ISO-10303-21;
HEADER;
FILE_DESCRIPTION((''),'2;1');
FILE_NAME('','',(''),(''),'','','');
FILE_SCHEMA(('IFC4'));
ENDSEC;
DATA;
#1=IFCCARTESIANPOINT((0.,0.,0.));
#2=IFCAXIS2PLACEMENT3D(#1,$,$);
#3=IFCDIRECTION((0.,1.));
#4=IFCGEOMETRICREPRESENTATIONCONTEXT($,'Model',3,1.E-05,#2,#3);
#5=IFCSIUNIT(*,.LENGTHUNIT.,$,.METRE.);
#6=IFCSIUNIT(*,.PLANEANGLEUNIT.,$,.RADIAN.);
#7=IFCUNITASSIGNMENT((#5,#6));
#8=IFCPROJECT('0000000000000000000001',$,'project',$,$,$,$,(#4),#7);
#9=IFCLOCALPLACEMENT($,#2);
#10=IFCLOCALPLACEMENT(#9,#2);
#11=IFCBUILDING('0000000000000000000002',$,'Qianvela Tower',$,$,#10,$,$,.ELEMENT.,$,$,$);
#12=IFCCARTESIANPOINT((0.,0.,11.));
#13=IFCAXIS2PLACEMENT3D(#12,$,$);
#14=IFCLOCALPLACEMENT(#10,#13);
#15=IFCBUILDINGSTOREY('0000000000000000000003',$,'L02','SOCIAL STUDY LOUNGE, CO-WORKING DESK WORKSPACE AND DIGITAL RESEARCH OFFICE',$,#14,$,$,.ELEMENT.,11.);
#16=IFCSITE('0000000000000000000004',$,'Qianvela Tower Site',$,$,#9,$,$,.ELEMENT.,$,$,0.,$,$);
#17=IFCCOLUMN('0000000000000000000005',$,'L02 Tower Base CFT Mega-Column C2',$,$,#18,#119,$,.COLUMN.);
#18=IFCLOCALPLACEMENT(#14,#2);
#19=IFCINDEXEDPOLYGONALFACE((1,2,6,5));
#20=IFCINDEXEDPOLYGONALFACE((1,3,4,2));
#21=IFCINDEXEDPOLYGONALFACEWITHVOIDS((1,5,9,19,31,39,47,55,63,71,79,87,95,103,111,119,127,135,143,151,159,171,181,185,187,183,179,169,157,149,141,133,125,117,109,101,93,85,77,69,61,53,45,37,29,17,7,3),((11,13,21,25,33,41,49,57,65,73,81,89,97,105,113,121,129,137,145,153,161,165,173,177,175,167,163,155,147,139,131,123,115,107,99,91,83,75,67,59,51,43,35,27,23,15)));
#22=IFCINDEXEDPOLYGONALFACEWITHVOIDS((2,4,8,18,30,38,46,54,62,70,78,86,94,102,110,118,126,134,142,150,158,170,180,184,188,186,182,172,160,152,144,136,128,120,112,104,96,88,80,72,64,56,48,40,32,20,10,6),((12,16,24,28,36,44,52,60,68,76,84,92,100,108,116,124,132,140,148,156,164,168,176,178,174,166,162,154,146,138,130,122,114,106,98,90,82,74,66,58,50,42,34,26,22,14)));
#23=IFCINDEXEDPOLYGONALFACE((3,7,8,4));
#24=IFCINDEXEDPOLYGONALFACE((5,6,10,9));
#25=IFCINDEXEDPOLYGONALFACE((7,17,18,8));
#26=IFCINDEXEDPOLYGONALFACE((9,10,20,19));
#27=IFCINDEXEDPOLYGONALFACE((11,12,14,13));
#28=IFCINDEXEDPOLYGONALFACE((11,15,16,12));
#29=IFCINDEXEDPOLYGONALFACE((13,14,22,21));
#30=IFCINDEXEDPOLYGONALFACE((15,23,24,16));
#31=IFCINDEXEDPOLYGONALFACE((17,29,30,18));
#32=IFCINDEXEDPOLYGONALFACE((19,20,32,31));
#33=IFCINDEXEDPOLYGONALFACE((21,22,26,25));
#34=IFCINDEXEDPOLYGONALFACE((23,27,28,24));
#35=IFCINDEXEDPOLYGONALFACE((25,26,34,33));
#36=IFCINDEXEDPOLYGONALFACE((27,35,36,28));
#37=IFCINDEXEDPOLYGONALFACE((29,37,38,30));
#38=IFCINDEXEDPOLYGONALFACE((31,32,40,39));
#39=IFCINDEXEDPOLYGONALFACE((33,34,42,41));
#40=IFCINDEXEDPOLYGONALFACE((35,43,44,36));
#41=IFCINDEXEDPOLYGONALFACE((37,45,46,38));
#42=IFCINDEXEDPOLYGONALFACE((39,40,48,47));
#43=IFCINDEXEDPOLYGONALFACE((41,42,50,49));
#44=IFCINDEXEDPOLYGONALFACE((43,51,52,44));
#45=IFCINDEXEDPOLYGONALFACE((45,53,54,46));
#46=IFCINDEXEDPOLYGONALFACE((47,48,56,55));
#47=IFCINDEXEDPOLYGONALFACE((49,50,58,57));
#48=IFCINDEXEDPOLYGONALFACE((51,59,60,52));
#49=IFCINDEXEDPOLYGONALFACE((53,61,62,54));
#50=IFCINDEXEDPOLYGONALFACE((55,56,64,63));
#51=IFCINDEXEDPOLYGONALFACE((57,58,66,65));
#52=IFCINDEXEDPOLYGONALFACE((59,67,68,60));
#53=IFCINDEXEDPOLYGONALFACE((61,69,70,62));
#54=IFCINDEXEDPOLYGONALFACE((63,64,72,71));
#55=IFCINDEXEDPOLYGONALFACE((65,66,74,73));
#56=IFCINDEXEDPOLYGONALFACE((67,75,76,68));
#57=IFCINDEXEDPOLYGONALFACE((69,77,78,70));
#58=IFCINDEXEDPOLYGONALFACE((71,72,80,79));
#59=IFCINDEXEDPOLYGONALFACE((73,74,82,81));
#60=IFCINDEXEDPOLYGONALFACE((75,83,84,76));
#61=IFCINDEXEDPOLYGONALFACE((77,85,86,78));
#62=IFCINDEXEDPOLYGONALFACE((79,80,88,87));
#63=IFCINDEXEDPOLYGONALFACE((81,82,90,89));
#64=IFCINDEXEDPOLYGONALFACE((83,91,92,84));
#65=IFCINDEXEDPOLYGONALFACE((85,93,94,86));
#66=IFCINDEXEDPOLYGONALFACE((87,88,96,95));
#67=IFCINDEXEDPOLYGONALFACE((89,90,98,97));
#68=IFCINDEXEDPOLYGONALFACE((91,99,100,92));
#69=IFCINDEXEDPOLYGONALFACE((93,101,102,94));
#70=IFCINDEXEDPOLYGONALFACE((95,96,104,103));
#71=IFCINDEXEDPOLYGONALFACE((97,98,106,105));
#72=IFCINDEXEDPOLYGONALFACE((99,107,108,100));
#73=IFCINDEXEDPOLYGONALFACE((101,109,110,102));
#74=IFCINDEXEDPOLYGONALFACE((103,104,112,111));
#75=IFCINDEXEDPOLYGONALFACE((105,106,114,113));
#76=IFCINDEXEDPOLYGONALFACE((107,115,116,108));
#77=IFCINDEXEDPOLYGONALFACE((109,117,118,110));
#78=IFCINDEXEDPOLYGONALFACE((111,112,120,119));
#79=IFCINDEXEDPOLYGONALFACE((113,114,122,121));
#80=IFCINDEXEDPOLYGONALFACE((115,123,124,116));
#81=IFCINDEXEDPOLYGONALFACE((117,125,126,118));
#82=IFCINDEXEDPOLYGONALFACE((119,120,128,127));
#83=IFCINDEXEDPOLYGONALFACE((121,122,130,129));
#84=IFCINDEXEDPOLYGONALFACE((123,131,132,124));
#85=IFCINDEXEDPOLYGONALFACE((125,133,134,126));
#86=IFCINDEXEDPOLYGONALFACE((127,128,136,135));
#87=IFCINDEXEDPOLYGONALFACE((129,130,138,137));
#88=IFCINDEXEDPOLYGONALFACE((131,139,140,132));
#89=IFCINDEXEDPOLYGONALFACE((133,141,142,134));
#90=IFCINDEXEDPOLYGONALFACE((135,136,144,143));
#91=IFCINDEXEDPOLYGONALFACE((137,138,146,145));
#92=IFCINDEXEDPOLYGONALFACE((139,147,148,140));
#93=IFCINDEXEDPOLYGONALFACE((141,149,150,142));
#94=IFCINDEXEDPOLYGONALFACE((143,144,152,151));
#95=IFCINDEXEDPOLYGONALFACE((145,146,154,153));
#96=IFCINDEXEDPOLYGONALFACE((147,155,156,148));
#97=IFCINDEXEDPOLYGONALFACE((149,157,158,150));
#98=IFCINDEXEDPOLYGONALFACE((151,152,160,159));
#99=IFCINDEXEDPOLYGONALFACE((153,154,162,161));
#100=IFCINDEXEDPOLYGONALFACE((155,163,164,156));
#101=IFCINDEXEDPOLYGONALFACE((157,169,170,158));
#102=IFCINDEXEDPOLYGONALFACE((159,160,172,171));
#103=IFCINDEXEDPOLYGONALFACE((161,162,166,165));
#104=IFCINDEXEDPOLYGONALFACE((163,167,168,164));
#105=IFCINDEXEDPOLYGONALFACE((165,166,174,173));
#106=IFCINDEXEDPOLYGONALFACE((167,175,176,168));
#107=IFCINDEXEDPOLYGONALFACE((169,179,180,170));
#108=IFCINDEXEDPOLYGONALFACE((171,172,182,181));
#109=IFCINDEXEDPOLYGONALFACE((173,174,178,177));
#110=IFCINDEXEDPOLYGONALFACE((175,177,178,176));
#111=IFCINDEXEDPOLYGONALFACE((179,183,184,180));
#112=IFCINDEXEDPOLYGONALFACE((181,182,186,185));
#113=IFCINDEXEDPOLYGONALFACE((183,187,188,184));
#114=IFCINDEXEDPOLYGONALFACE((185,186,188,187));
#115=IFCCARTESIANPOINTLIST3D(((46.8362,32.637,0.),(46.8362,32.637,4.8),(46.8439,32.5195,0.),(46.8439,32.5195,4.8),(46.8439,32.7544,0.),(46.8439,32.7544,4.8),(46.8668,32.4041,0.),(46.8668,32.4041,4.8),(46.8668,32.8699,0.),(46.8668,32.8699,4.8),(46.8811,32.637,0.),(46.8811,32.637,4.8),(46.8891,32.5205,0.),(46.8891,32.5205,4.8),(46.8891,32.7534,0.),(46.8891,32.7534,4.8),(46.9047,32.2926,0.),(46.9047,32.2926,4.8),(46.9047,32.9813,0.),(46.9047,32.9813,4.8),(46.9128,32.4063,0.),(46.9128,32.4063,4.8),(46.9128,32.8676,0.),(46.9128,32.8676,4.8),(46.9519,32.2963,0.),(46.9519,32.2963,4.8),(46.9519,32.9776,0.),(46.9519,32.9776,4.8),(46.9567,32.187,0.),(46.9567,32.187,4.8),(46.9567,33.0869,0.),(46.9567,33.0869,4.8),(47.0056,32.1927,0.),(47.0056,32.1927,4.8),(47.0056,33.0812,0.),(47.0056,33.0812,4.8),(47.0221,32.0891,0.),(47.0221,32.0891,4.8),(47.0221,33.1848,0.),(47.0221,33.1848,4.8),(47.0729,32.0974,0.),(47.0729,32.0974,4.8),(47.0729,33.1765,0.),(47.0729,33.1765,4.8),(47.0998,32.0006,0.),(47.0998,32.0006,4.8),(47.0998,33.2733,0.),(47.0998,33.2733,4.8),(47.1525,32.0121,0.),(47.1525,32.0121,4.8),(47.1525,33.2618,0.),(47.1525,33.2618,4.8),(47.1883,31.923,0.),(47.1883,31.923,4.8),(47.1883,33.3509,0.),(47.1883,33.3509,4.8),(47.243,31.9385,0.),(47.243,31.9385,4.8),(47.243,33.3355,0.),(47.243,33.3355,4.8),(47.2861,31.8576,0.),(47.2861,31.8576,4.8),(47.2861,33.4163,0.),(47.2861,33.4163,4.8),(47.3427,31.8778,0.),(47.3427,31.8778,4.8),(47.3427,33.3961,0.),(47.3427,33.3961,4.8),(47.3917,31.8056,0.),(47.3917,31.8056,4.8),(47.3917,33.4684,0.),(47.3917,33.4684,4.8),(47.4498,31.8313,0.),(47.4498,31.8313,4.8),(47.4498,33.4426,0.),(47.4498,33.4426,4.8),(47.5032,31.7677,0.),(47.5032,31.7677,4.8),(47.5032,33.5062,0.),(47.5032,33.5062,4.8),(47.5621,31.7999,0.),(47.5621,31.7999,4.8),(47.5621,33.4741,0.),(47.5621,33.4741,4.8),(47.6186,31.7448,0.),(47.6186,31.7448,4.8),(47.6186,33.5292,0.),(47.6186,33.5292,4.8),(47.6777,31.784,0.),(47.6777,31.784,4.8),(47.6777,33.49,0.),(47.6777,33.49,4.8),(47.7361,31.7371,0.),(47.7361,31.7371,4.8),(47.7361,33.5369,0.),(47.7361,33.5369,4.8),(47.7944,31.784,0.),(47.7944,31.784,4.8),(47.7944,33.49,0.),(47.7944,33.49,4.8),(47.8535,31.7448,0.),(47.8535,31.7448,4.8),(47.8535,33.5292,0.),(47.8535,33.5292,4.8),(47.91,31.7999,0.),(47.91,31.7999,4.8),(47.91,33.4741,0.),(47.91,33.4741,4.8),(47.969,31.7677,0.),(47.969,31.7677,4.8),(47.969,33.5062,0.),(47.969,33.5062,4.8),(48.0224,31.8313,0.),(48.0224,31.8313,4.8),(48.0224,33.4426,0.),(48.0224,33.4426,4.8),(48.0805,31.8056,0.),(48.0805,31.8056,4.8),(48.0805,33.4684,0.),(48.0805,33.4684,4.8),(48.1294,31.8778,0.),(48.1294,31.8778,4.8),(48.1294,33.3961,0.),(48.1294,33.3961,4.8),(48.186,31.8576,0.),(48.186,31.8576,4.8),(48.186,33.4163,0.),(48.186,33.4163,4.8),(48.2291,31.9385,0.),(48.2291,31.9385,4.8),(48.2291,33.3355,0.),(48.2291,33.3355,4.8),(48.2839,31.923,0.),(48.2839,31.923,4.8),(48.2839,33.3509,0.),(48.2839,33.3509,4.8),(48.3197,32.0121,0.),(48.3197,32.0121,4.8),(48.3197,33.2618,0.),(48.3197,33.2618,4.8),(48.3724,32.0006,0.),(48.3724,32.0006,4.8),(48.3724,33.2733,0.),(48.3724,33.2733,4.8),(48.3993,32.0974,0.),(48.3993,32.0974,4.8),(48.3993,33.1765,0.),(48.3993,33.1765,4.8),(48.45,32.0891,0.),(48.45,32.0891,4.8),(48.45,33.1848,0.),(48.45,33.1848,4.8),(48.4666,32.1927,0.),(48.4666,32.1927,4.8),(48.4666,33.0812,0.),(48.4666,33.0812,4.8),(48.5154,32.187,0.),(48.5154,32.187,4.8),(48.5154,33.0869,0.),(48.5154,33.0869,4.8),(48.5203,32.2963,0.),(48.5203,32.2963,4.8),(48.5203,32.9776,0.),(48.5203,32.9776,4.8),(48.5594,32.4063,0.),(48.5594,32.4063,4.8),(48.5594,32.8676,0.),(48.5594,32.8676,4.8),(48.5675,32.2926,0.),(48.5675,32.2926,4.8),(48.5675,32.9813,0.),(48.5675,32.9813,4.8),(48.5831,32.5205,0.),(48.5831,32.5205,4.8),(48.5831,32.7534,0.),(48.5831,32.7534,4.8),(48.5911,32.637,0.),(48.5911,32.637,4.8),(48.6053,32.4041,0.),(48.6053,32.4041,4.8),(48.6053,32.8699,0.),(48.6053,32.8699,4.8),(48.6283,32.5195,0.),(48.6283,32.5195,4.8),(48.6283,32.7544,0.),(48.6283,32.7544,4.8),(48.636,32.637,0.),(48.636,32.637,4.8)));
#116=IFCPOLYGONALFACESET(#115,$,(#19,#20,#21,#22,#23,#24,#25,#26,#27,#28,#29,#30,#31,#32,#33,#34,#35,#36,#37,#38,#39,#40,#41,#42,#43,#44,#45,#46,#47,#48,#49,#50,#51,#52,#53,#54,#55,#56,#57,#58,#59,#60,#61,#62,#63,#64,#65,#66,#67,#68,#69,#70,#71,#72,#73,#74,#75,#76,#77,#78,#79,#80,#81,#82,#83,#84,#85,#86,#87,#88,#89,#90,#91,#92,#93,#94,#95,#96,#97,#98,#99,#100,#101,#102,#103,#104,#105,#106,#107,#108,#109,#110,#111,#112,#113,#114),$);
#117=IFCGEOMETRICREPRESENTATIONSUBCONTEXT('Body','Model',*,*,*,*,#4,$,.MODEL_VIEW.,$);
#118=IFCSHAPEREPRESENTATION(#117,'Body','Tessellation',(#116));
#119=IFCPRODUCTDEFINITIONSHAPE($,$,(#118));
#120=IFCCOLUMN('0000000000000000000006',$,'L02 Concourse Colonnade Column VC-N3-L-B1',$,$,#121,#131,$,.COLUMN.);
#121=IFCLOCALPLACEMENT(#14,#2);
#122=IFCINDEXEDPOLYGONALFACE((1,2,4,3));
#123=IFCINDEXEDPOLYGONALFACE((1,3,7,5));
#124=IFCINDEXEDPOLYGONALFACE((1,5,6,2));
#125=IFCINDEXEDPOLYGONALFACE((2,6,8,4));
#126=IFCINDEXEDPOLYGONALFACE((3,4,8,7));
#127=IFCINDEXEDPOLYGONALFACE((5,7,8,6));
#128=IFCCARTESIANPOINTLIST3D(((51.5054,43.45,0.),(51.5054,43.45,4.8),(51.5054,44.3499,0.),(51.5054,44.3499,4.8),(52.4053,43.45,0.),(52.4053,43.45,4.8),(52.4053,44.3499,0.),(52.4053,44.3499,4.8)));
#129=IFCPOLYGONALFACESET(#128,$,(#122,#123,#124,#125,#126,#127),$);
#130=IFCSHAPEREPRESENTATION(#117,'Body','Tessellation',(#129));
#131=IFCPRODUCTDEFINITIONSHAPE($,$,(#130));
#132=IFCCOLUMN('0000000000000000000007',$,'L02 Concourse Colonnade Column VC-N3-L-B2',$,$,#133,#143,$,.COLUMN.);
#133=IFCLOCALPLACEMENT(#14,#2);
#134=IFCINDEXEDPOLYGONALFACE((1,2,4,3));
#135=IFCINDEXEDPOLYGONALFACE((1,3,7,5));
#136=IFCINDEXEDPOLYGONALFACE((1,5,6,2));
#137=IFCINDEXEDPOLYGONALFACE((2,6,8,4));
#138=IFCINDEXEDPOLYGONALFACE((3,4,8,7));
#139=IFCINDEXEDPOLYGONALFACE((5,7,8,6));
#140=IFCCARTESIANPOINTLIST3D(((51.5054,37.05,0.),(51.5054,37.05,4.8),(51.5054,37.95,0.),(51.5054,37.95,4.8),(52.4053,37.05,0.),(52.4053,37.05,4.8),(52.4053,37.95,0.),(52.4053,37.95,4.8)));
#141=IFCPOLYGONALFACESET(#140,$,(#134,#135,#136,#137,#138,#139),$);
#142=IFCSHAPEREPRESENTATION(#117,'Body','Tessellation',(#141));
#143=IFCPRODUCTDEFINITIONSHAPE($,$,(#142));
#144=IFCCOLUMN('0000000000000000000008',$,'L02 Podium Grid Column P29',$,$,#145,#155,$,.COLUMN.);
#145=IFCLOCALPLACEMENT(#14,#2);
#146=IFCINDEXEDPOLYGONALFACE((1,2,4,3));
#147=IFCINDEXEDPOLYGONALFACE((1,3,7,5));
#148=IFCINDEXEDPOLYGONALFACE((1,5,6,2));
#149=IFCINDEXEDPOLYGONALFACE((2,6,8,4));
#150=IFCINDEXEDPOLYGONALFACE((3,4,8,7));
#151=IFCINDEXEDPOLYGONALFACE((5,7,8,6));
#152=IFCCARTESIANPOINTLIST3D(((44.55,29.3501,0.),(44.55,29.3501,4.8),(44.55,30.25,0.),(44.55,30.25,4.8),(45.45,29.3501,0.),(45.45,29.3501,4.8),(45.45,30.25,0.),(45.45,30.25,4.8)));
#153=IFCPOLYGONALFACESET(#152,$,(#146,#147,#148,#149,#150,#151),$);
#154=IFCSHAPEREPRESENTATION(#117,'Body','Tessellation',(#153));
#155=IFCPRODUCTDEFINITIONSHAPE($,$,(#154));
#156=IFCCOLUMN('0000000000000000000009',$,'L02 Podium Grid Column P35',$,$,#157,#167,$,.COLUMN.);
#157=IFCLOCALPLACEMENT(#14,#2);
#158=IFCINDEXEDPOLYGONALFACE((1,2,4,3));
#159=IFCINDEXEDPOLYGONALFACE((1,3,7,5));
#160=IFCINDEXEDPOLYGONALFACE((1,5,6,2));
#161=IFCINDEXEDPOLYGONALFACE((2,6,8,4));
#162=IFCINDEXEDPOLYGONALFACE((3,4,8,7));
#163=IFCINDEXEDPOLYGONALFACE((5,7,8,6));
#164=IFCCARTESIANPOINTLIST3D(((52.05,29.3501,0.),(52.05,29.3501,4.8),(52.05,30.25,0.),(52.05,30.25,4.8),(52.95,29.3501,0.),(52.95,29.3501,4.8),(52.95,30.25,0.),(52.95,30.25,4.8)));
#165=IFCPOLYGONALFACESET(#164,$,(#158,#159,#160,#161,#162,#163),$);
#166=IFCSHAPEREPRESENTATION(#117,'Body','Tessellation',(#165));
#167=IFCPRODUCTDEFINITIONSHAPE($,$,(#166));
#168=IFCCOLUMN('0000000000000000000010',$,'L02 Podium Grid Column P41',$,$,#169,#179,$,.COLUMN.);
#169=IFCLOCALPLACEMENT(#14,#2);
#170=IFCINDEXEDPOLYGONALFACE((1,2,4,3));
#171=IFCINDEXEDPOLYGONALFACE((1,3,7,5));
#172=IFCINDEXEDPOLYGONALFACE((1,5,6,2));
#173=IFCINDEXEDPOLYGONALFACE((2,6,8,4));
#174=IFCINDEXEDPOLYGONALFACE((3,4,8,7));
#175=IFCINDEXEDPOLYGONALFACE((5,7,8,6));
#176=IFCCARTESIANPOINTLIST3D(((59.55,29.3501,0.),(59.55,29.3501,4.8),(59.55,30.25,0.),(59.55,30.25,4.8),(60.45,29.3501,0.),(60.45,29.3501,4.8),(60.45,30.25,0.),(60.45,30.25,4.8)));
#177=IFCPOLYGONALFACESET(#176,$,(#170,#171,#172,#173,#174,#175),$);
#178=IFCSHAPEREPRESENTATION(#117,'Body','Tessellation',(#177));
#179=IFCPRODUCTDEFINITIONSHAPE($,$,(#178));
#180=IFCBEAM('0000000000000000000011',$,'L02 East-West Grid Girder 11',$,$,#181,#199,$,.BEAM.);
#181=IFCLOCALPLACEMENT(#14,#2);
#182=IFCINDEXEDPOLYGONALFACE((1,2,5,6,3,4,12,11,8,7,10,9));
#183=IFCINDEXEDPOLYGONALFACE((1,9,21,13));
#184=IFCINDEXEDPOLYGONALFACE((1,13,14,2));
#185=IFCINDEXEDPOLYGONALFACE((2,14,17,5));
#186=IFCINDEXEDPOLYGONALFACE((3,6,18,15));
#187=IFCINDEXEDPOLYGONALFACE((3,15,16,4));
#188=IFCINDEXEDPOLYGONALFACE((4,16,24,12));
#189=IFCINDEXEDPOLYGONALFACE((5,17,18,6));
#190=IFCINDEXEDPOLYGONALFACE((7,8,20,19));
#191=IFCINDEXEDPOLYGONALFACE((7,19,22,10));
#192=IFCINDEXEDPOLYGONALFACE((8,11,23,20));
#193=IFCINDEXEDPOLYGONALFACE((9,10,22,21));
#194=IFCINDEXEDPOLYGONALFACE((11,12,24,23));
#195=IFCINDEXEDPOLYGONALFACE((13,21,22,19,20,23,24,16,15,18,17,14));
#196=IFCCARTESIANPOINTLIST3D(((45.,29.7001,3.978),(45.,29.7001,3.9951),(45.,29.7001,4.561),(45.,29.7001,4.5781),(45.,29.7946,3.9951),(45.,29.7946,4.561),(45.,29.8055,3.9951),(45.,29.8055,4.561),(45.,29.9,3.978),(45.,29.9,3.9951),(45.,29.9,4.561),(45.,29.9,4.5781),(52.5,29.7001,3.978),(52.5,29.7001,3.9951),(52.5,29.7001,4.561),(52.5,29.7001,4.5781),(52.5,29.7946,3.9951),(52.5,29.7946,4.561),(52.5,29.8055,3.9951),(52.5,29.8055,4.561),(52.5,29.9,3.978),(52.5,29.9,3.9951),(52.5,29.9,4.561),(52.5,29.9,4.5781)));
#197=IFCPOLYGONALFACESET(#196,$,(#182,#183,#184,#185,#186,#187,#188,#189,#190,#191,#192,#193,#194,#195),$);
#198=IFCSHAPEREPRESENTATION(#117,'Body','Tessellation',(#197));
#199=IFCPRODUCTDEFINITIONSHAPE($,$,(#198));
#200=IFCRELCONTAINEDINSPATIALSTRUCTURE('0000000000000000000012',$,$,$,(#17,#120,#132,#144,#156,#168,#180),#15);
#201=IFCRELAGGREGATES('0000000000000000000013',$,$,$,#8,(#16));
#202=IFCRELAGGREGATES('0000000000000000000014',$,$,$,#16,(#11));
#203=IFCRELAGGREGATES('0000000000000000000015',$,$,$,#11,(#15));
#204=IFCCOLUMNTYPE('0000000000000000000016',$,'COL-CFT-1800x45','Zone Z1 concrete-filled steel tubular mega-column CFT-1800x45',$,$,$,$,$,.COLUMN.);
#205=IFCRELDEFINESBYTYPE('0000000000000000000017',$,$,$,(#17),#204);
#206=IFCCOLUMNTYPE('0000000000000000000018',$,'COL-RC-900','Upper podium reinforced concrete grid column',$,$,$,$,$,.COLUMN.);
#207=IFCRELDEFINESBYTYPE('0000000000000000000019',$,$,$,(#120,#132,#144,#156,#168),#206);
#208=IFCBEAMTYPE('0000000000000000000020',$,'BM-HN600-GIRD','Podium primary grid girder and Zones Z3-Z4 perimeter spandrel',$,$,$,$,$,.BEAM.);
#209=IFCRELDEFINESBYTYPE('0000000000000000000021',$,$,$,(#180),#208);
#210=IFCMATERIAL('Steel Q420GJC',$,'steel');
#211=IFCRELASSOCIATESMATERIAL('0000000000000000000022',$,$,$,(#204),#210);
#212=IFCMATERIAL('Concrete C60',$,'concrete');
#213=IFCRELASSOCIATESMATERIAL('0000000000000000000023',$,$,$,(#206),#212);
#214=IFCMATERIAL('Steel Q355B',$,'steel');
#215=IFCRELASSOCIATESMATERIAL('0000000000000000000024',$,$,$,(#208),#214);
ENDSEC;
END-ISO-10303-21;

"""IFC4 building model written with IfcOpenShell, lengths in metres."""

from ifc_helpers import new_model, si_unit, direction, frame, origin, origin_2d, place, context, subcontext, project, spatial, rectangle, hollow_circle, i_section, extrude, material, material_profile, profile_set, type_object, element, save


model = new_model("IFC4")

# Units and contexts
model_context = context("Model", 3, precision=1e-05, world=origin(), true_north=direction((0.0, 1.0)))
body_context = subcontext(model_context, "Body", "Model", "MODEL_VIEW")
ifc_project = project(units=[si_unit("LENGTHUNIT", "METRE"), si_unit("PLANEANGLEUNIT", "RADIAN")], contexts=[model_context])

# Site, building, storey
site_placement = place(None, origin())
site = spatial("IfcSite", under=ifc_project, at=site_placement, Name="Qianvela Tower Site", CompositionType="ELEMENT", RefElevation=0.0)
building_placement = place(site_placement, origin())
building = spatial("IfcBuilding", under=site, at=building_placement, Name="Qianvela Tower", CompositionType="ELEMENT")
storey_placement = place(building_placement, frame((0.0, 0.0, 11.0)))
storey = spatial("IfcBuildingStorey", under=building, at=storey_placement, Name="L02", Description="SOCIAL STUDY LOUNGE, CO-WORKING DESK WORKSPACE AND DIGITAL RESEARCH OFFICE", CompositionType="ELEMENT", Elevation=11.0)

# Columns
ifc_material_1 = material(Name="Steel Q420GJC", Category="steel")
ifc_material_profile_1 = material_profile(ifc_material_1, hollow_circle(Radius=0.8999, WallThickness=0.0449, at=origin_2d()), Name="CFT-1800x45")
ifc_profile_set_1 = profile_set([ifc_material_profile_1], Name="Steel Q420GJC")
column_type_1 = type_object("IfcColumnType", Name="COL-CFT-1800x45", Description="Zone Z1 concrete-filled steel tubular mega-column CFT-1800x45", PredefinedType="COLUMN", material=ifc_profile_set_1)
column_placement = place(storey_placement, frame((47.7361, 32.637, 0.0), z_axis=(0.0, 0.0, 1.0), x_axis=(1.0, 0.0, 0.0)))
element("IfcColumn", 1, at=column_placement, inside=storey, type_object=column_type_1, Name="L02 Tower Base CFT Mega-Column C2", PredefinedType="COLUMN", context=body_context, shape_type="SweptSolid", body=[
    extrude(hollow_circle(Radius=0.8999, WallThickness=0.0449, at=origin_2d()), origin(), (0.0, 0.0, 1.0), 4.8),
])
ifc_material_2 = material(Name="Concrete C60", Category="concrete")
ifc_material_profile_2 = material_profile(ifc_material_2, rectangle(XDim=0.8999, YDim=0.8999, at=origin_2d()), Name="RC-COL-900x900")
ifc_profile_set_2 = profile_set([ifc_material_profile_2], Name="Concrete C60")
column_type_2 = type_object("IfcColumnType", Name="COL-RC-900", Description="Upper podium reinforced concrete grid column", PredefinedType="COLUMN", material=ifc_profile_set_2)
for number, where, z_axis, x_axis, name in (
    (2, (51.9553, 43.8999, 0.0), (0.0, 0.0, 1.0), (1.0, 0.0, 0.0), "L02 Concourse Colonnade Column VC-N3-L-B1"),
    (3, (51.9553, 37.5, 0.0), (0.0, 0.0, 1.0), (1.0, 0.0, 0.0), "L02 Concourse Colonnade Column VC-N3-L-B2"),
    (4, (45.0, 29.8, 0.0), (0.0, 0.0, 1.0), (1.0, 0.0, 0.0), "L02 Podium Grid Column P29"),
    (5, (52.5, 29.8, 0.0), (0.0, 0.0, 1.0), (1.0, 0.0, 0.0), "L02 Podium Grid Column P35"),
    (6, (60.0, 29.8, 0.0), (0.0, 0.0, 1.0), (1.0, 0.0, 0.0), "L02 Podium Grid Column P41"),
):
    element("IfcColumn", number, at=place(storey_placement, frame(where, z_axis=z_axis, x_axis=x_axis)), inside=storey, type_object=column_type_2, Name=name, PredefinedType="COLUMN", context=body_context, shape_type="SweptSolid", body=[
        extrude(rectangle(XDim=0.8999, YDim=0.8999, at=origin_2d()), origin(), (0.0, 0.0, 1.0), 4.8),
    ])

# Beam
ifc_material_3 = material(Name="Steel Q355B", Category="steel")
ifc_material_profile_3 = material_profile(ifc_material_3, i_section(OverallWidth=0.2, OverallDepth=0.6001, WebThickness=0.011, FlangeThickness=0.0171, at=origin_2d()), Name="HN600x200x11x17")
ifc_profile_set_3 = profile_set([ifc_material_profile_3], Name="Steel Q355B")
beam_type_1 = type_object("IfcBeamType", Name="BM-HN600-GIRD", Description="Podium primary grid girder and Zones Z3-Z4 perimeter spandrel", PredefinedType="BEAM", material=ifc_profile_set_3)
for number, where, z_axis, x_axis, name in (
    (7, (45.0, 29.8, 4.2781), (1.0, 0.0, 0.0), (0.0, 1.0, 0.0), "L02 East-West Grid Girder 11"),
):
    element("IfcBeam", number, at=place(storey_placement, frame(where, z_axis=z_axis, x_axis=x_axis)), inside=storey, type_object=beam_type_1, Name=name, PredefinedType="BEAM", context=body_context, shape_type="SweptSolid", body=[
        extrude(i_section(OverallWidth=0.2, OverallDepth=0.6001, WebThickness=0.011, FlangeThickness=0.0171, at=origin_2d()), origin(), (0.0, 0.0, 1.0), 7.5),
    ])

save(model, "model.ifc")
